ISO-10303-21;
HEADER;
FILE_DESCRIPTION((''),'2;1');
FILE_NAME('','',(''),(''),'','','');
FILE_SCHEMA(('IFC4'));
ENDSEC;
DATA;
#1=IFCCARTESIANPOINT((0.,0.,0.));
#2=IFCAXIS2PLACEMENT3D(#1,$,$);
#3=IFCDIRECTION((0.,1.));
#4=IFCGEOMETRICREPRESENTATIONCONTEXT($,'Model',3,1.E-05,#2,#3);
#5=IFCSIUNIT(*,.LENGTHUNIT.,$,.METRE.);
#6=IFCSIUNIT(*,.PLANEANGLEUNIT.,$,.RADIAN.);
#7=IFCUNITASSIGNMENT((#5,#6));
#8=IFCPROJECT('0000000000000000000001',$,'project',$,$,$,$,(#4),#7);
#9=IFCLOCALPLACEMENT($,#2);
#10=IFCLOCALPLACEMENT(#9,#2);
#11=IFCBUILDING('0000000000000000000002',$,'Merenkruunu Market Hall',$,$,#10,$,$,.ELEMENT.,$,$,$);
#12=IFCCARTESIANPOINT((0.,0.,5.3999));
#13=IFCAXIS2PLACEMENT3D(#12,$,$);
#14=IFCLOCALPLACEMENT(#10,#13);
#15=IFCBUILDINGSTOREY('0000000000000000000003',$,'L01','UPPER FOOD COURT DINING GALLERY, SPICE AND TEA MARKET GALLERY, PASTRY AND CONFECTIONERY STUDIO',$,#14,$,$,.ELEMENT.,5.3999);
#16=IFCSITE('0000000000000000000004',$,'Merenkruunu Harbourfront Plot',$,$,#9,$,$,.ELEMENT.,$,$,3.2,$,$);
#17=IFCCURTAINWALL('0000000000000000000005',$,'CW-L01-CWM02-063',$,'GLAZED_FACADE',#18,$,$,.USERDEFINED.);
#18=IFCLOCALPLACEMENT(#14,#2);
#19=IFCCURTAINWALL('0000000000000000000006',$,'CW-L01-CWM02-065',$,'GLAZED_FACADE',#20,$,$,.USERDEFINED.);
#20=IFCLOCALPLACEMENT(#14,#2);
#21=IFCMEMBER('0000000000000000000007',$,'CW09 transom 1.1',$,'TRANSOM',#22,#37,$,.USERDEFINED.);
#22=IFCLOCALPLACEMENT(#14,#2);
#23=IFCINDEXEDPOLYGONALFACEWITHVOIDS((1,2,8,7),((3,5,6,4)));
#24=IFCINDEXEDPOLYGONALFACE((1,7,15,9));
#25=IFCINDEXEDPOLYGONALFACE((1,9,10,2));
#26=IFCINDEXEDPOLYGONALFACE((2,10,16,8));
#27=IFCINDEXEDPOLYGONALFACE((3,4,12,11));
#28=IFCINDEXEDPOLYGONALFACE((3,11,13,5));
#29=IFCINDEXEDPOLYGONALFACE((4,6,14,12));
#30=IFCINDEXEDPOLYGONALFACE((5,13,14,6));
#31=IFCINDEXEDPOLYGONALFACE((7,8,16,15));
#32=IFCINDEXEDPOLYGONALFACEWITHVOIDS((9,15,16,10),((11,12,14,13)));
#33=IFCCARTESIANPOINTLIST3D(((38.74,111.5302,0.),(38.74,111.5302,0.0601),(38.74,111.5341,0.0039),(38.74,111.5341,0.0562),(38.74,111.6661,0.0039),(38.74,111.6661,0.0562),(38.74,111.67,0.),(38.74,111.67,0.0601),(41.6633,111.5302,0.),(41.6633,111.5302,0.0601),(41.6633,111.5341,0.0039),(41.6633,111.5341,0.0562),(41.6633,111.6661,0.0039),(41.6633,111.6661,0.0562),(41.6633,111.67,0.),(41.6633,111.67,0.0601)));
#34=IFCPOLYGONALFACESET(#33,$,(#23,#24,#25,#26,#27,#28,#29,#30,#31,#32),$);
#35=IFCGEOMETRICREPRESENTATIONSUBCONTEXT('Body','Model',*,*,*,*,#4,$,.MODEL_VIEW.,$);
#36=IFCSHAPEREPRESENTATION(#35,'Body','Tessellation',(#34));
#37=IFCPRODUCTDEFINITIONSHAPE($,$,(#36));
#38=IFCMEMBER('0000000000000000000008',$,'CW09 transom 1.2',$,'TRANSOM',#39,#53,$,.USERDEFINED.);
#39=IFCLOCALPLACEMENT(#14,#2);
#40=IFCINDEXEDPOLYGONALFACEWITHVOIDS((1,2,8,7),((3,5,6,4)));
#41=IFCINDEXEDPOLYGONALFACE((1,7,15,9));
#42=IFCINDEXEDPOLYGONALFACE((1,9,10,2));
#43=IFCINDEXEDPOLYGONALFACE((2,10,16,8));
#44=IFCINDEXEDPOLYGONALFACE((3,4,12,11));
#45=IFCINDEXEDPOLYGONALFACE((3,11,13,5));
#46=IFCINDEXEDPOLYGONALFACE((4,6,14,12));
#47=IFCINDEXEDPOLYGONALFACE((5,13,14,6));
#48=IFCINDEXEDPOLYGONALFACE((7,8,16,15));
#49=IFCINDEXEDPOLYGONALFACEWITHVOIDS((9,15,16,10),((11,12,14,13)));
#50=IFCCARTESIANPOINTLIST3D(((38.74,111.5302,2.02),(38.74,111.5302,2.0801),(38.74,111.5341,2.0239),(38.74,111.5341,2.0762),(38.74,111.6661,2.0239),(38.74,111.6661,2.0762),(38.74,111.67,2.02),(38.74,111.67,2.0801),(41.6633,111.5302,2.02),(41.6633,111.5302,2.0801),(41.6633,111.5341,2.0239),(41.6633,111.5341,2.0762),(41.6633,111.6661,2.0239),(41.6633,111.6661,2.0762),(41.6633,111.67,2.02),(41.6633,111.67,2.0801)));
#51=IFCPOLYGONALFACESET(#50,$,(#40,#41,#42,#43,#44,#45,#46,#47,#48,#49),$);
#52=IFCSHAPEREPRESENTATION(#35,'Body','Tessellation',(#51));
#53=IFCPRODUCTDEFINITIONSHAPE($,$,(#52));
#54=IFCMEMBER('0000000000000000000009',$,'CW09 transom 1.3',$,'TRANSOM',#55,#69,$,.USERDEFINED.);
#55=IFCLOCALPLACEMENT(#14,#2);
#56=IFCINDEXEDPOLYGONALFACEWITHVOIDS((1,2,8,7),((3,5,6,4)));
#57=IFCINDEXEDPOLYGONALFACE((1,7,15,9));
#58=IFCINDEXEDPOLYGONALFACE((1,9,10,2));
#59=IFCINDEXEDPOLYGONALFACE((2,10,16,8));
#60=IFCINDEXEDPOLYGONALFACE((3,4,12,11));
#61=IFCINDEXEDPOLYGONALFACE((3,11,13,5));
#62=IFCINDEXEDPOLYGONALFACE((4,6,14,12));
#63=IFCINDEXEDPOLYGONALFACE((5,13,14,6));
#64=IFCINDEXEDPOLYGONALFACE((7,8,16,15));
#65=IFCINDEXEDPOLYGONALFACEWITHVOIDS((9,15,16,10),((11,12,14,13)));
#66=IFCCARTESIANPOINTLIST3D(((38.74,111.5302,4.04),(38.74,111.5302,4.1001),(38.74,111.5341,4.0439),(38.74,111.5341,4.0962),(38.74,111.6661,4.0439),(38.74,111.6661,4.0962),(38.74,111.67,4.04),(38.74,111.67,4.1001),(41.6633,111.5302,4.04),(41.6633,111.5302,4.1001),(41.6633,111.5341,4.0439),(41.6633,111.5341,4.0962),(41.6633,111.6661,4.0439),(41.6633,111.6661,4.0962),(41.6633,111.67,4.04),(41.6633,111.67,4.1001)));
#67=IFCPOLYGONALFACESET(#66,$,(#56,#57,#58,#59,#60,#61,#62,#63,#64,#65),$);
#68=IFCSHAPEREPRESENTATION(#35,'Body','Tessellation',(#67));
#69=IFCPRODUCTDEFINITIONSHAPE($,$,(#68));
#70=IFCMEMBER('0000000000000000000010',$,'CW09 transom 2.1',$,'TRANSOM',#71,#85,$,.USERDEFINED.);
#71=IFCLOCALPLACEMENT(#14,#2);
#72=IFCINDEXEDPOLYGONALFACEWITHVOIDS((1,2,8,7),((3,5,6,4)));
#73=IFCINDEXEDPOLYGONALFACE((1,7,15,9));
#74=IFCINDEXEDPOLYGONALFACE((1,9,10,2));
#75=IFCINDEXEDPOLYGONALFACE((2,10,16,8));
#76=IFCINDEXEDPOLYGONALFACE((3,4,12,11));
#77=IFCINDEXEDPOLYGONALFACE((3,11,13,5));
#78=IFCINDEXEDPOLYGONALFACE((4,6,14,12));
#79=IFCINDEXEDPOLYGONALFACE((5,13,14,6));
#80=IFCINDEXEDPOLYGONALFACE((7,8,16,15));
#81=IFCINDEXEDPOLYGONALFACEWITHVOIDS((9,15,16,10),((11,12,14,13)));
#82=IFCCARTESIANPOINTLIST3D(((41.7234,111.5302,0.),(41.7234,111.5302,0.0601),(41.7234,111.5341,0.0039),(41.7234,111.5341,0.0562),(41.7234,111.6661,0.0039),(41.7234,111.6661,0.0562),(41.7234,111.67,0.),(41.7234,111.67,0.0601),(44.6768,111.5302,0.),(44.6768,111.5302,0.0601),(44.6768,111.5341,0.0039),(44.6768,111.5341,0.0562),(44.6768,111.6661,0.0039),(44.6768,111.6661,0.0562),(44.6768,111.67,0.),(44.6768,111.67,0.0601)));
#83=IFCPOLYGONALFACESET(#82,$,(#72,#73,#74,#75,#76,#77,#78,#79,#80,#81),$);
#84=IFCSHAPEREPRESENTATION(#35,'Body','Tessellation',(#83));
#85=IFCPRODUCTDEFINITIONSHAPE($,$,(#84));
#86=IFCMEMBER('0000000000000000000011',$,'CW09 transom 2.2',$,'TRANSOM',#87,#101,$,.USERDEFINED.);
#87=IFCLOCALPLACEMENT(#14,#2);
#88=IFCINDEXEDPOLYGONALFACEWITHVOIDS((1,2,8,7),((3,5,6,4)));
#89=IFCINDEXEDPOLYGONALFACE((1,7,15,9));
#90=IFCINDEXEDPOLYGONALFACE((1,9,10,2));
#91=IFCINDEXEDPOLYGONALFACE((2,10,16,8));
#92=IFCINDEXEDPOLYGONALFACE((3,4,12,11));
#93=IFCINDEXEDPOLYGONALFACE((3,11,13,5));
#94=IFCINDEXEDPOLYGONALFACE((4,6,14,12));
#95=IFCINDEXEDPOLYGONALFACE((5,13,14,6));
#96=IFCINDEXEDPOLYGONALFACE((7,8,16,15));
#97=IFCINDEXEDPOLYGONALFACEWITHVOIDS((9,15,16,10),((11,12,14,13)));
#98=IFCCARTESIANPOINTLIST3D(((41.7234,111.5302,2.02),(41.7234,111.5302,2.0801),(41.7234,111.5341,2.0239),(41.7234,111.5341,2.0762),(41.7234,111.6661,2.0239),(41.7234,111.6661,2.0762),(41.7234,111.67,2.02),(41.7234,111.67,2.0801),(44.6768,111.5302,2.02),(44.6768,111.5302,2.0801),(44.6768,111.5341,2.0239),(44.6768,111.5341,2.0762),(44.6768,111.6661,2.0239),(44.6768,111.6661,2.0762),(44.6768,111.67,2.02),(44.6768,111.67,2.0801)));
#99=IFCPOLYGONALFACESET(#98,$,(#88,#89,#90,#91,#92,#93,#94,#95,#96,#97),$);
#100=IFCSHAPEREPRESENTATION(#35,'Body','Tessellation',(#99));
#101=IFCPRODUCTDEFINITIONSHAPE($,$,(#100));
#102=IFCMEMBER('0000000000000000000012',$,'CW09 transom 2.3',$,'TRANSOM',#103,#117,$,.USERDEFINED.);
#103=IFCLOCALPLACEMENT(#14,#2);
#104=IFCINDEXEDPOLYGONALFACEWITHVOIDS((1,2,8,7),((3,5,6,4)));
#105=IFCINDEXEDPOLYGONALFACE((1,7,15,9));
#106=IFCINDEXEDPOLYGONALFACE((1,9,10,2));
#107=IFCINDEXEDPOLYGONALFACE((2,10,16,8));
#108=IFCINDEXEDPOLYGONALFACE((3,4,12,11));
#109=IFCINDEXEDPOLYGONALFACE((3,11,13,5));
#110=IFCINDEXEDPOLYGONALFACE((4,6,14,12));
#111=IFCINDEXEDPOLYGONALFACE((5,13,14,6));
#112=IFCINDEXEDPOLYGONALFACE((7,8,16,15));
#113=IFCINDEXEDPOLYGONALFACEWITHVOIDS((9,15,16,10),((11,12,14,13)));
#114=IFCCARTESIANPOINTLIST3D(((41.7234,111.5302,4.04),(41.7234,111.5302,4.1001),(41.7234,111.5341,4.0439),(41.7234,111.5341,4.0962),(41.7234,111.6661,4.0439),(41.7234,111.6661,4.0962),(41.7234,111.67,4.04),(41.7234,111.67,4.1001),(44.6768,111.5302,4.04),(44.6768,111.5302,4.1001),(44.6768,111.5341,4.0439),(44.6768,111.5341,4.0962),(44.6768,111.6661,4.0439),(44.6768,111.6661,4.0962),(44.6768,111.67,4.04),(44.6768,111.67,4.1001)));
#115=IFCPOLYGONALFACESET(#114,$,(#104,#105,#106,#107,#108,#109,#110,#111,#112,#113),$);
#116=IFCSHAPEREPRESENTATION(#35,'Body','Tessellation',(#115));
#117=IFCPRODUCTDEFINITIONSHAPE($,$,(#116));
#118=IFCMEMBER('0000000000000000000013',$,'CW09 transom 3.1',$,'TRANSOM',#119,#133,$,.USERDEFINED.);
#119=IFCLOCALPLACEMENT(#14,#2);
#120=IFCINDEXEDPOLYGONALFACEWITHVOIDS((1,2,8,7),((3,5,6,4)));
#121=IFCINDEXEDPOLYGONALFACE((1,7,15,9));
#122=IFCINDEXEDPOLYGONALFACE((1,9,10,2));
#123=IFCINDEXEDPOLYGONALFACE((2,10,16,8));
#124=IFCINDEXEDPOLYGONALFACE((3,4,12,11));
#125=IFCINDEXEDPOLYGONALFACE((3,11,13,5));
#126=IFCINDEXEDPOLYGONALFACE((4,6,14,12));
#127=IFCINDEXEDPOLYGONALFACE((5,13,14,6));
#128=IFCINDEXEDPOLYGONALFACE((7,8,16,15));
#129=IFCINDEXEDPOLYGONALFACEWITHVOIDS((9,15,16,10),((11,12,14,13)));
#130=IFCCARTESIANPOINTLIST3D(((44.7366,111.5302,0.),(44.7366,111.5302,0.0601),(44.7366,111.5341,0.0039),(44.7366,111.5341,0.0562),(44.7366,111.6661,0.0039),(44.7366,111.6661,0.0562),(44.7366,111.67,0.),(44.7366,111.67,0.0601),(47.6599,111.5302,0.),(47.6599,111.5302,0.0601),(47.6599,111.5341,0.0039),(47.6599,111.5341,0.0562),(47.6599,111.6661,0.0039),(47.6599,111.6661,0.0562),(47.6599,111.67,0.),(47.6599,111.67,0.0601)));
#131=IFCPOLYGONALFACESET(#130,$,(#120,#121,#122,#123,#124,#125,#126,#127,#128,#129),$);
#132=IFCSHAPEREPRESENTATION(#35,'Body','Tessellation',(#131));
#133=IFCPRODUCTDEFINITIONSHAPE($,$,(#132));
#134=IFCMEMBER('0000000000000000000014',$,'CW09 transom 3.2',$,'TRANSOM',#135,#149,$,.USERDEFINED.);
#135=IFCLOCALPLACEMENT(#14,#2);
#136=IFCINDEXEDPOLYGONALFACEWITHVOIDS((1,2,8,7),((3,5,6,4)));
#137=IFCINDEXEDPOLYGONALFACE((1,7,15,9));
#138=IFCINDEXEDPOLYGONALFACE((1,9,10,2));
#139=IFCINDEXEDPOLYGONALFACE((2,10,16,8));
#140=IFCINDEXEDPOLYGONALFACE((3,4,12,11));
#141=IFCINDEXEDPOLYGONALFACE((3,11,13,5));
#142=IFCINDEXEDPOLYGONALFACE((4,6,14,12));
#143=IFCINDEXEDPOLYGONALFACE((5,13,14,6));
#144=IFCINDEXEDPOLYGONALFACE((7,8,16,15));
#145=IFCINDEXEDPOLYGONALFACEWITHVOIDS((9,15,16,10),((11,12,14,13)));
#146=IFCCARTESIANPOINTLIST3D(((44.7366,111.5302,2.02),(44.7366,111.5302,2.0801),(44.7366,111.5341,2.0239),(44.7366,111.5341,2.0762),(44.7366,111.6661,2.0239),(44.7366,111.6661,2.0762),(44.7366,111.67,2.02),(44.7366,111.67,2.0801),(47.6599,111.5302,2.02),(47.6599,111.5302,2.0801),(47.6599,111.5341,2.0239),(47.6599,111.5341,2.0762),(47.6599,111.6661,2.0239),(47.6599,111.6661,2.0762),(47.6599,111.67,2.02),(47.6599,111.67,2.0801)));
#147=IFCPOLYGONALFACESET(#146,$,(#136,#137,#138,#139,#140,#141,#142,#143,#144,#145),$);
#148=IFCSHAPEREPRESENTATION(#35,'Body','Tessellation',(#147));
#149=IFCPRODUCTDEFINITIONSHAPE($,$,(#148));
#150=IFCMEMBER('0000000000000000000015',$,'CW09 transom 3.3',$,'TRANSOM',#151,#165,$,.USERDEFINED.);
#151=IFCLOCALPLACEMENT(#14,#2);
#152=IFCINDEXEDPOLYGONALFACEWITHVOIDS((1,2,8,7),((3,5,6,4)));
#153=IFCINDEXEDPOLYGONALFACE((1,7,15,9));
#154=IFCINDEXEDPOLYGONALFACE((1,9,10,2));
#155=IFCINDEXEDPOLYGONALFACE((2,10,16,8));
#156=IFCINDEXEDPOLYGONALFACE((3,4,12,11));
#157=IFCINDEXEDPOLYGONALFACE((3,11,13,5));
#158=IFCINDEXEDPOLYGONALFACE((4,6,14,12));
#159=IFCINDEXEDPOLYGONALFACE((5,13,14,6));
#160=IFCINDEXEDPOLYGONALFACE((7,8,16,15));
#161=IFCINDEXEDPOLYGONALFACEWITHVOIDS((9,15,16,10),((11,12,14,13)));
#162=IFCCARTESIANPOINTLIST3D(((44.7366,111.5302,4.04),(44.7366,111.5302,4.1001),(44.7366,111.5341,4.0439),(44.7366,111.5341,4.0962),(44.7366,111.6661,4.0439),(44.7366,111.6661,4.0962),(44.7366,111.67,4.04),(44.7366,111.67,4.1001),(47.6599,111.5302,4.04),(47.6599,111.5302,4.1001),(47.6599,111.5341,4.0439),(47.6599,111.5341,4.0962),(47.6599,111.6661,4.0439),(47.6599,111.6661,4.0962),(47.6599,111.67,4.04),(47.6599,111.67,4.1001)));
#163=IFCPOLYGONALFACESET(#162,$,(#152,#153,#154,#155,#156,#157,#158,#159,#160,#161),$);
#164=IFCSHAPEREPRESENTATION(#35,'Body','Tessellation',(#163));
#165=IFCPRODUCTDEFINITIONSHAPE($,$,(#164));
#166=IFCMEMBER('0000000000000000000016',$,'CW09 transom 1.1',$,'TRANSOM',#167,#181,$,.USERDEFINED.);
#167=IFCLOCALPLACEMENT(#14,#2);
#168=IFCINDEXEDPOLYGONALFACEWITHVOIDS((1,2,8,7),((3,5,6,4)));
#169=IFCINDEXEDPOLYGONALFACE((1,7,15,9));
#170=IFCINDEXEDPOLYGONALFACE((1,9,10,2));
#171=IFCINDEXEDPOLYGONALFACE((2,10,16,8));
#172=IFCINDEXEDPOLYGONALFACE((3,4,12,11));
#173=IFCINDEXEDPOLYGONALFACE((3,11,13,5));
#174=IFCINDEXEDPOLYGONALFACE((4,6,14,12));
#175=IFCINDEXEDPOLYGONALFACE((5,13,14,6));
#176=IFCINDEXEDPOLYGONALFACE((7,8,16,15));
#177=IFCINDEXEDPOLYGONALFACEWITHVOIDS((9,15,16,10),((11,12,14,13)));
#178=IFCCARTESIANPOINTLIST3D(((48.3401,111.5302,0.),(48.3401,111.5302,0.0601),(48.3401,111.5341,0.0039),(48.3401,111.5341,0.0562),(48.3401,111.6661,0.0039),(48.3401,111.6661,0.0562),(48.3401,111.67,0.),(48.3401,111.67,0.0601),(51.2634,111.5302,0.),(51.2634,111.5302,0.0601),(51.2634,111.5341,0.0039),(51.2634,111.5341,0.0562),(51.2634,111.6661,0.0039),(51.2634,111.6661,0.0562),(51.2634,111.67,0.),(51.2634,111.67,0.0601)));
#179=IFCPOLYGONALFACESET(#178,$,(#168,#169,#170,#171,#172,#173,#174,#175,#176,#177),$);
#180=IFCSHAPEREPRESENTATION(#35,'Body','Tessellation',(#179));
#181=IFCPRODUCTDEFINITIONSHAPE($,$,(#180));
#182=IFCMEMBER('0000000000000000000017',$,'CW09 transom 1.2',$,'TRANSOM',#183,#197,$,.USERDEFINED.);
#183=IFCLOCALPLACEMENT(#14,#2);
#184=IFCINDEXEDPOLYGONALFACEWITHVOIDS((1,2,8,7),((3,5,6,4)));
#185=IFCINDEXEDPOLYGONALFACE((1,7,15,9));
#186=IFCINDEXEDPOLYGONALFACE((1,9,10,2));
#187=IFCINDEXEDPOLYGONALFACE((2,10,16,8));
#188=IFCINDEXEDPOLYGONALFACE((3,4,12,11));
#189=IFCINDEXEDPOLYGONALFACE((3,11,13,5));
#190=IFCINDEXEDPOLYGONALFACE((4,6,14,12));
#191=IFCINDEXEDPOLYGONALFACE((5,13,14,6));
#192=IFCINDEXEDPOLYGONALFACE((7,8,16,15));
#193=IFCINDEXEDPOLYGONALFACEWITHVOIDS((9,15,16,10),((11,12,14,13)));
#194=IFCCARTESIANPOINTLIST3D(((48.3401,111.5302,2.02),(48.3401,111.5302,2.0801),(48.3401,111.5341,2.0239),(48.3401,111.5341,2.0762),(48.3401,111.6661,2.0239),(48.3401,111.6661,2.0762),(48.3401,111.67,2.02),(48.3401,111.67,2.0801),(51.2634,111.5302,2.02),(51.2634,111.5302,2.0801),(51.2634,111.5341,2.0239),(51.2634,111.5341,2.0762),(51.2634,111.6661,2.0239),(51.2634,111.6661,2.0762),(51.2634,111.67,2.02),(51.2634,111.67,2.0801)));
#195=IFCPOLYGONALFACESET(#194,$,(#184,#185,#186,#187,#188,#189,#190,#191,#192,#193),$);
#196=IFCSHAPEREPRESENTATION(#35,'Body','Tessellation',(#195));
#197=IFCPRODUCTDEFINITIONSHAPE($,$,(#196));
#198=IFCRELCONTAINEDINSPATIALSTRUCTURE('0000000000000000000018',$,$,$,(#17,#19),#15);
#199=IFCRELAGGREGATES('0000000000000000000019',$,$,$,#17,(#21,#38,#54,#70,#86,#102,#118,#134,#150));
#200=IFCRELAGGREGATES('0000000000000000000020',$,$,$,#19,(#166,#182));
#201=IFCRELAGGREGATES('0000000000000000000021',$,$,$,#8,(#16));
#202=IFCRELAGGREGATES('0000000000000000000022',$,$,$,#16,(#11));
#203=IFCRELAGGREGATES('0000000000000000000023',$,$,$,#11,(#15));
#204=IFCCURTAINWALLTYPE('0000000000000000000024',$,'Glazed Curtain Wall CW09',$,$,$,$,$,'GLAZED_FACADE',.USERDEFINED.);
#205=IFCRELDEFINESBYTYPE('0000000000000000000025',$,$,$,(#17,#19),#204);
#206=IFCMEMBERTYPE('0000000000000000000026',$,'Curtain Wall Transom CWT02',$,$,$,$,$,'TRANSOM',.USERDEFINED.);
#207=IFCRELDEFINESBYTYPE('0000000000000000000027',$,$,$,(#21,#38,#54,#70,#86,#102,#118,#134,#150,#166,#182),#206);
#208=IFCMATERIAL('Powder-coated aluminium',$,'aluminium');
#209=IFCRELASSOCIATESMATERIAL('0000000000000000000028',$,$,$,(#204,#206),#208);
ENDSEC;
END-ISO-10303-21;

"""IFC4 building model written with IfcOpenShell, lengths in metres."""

from ifc_helpers import new_model, si_unit, direction, frame, origin, origin_2d, place, context, subcontext, project, spatial, hollow_rectangle, extrude, material, material_profile, profile_set, type_object, element, aggregate, save


model = new_model("IFC4")

# Units and contexts
model_context = context("Model", 3, precision=1e-05, world=origin(), true_north=direction((0.0, 1.0)))
body_context = subcontext(model_context, "Body", "Model", "MODEL_VIEW")
ifc_project = project(units=[si_unit("LENGTHUNIT", "METRE"), si_unit("PLANEANGLEUNIT", "RADIAN")], contexts=[model_context])

# Site, building, storey
site_placement = place(None, origin())
site = spatial("IfcSite", under=ifc_project, at=site_placement, Name="Merenkruunu Harbourfront Plot", CompositionType="ELEMENT", RefElevation=3.2)
building_placement = place(site_placement, origin())
building = spatial("IfcBuilding", under=site, at=building_placement, Name="Merenkruunu Market Hall", CompositionType="ELEMENT")
storey_placement = place(building_placement, frame((0.0, 0.0, 5.3999)))
storey = spatial("IfcBuildingStorey", under=building, at=storey_placement, Name="L01", Description="UPPER FOOD COURT DINING GALLERY, SPICE AND TEA MARKET GALLERY, PASTRY AND CONFECTIONERY STUDIO", CompositionType="ELEMENT", Elevation=5.3999)

# Shared definitions
ifc_material_1 = material(Name="Powder-coated aluminium", Category="aluminium")
curtain_wall_type = type_object("IfcCurtainWallType", Name="Glazed Curtain Wall CW09", ElementType="GLAZED_FACADE", PredefinedType="USERDEFINED", material=ifc_material_1)

# Curtain wall
curtain_wall_1_placement = place(storey_placement, origin())
curtain_wall_1 = element("IfcCurtainWall", 1, at=curtain_wall_1_placement, inside=storey, type_object=curtain_wall_type, Name="CW-L01-CWM02-063", ObjectType="GLAZED_FACADE", PredefinedType="USERDEFINED")

# Curtain wall
curtain_wall_2_placement = place(storey_placement, origin())
curtain_wall_2 = element("IfcCurtainWall", 2, at=curtain_wall_2_placement, inside=storey, type_object=curtain_wall_type, Name="CW-L01-CWM02-065", ObjectType="GLAZED_FACADE", PredefinedType="USERDEFINED")

# Members
ifc_material_profile_1 = material_profile(ifc_material_1, hollow_rectangle(XDim=0.0601, YDim=0.1399, WallThickness=0.0039, at=origin_2d()), Name="ALU 60x140x4")
ifc_profile_set_1 = profile_set([ifc_material_profile_1], Name="Powder-coated aluminium")
member_type_1 = type_object("IfcMemberType", Name="Curtain Wall Transom CWT02", ElementType="TRANSOM", PredefinedType="USERDEFINED", material=ifc_profile_set_1)
member_1_placement = place(storey_placement, frame((38.74, 111.6001, 0.03), z_axis=(1.0, 0.0, 0.0), x_axis=(0.0, 0.0, 1.0)))
member_1 = element("IfcMember", 3, at=member_1_placement, type_object=member_type_1, Name="CW09 transom 1.1", ObjectType="TRANSOM", PredefinedType="USERDEFINED", context=body_context, shape_type="SweptSolid", body=[
    extrude(hollow_rectangle(XDim=0.0601, YDim=0.1399, WallThickness=0.0039, at=origin_2d()), origin(), (0.0, 0.0, 1.0), 2.9233),
])
member_2_placement = place(storey_placement, frame((38.74, 111.6001, 2.05), z_axis=(1.0, 0.0, 0.0), x_axis=(0.0, 0.0, 1.0)))
member_2 = element("IfcMember", 4, at=member_2_placement, type_object=member_type_1, Name="CW09 transom 1.2", ObjectType="TRANSOM", PredefinedType="USERDEFINED", context=body_context, shape_type="SweptSolid", body=[
    extrude(hollow_rectangle(XDim=0.0601, YDim=0.1399, WallThickness=0.0039, at=origin_2d()), origin(), (0.0, 0.0, 1.0), 2.9233),
])
member_3_placement = place(storey_placement, frame((38.74, 111.6001, 4.0701), z_axis=(1.0, 0.0, 0.0), x_axis=(0.0, 0.0, 1.0)))
member_3 = element("IfcMember", 5, at=member_3_placement, type_object=member_type_1, Name="CW09 transom 1.3", ObjectType="TRANSOM", PredefinedType="USERDEFINED", context=body_context, shape_type="SweptSolid", body=[
    extrude(hollow_rectangle(XDim=0.0601, YDim=0.1399, WallThickness=0.0039, at=origin_2d()), origin(), (0.0, 0.0, 1.0), 2.9233),
])
member_4_placement = place(storey_placement, frame((41.7234, 111.6001, 0.03), z_axis=(1.0, 0.0, 0.0), x_axis=(0.0, 0.0, 1.0)))
member_4 = element("IfcMember", 6, at=member_4_placement, type_object=member_type_1, Name="CW09 transom 2.1", ObjectType="TRANSOM", PredefinedType="USERDEFINED", context=body_context, shape_type="SweptSolid", body=[
    extrude(hollow_rectangle(XDim=0.0601, YDim=0.1399, WallThickness=0.0039, at=origin_2d()), origin(), (0.0, 0.0, 1.0), 2.9534),
])
member_5_placement = place(storey_placement, frame((41.7234, 111.6001, 2.05), z_axis=(1.0, 0.0, 0.0), x_axis=(0.0, 0.0, 1.0)))
member_5 = element("IfcMember", 7, at=member_5_placement, type_object=member_type_1, Name="CW09 transom 2.2", ObjectType="TRANSOM", PredefinedType="USERDEFINED", context=body_context, shape_type="SweptSolid", body=[
    extrude(hollow_rectangle(XDim=0.0601, YDim=0.1399, WallThickness=0.0039, at=origin_2d()), origin(), (0.0, 0.0, 1.0), 2.9534),
])
member_6_placement = place(storey_placement, frame((41.7234, 111.6001, 4.0701), z_axis=(1.0, 0.0, 0.0), x_axis=(0.0, 0.0, 1.0)))
member_6 = element("IfcMember", 8, at=member_6_placement, type_object=member_type_1, Name="CW09 transom 2.3", ObjectType="TRANSOM", PredefinedType="USERDEFINED", context=body_context, shape_type="SweptSolid", body=[
    extrude(hollow_rectangle(XDim=0.0601, YDim=0.1399, WallThickness=0.0039, at=origin_2d()), origin(), (0.0, 0.0, 1.0), 2.9534),
])
member_7_placement = place(storey_placement, frame((44.7366, 111.6001, 0.03), z_axis=(1.0, 0.0, 0.0), x_axis=(0.0, 0.0, 1.0)))
member_7 = element("IfcMember", 9, at=member_7_placement, type_object=member_type_1, Name="CW09 transom 3.1", ObjectType="TRANSOM", PredefinedType="USERDEFINED", context=body_context, shape_type="SweptSolid", body=[
    extrude(hollow_rectangle(XDim=0.0601, YDim=0.1399, WallThickness=0.0039, at=origin_2d()), origin(), (0.0, 0.0, 1.0), 2.9233),
])
member_8_placement = place(storey_placement, frame((44.7366, 111.6001, 2.05), z_axis=(1.0, 0.0, 0.0), x_axis=(0.0, 0.0, 1.0)))
member_8 = element("IfcMember", 10, at=member_8_placement, type_object=member_type_1, Name="CW09 transom 3.2", ObjectType="TRANSOM", PredefinedType="USERDEFINED", context=body_context, shape_type="SweptSolid", body=[
    extrude(hollow_rectangle(XDim=0.0601, YDim=0.1399, WallThickness=0.0039, at=origin_2d()), origin(), (0.0, 0.0, 1.0), 2.9233),
])
member_9_placement = place(storey_placement, frame((44.7366, 111.6001, 4.0701), z_axis=(1.0, 0.0, 0.0), x_axis=(0.0, 0.0, 1.0)))
member_9 = element("IfcMember", 11, at=member_9_placement, type_object=member_type_1, Name="CW09 transom 3.3", ObjectType="TRANSOM", PredefinedType="USERDEFINED", context=body_context, shape_type="SweptSolid", body=[
    extrude(hollow_rectangle(XDim=0.0601, YDim=0.1399, WallThickness=0.0039, at=origin_2d()), origin(), (0.0, 0.0, 1.0), 2.9233),
])
member_10_placement = place(storey_placement, frame((48.3401, 111.6001, 0.03), z_axis=(1.0, 0.0, 0.0), x_axis=(0.0, 0.0, 1.0)))
member_10 = element("IfcMember", 12, at=member_10_placement, type_object=member_type_1, Name="CW09 transom 1.1", ObjectType="TRANSOM", PredefinedType="USERDEFINED", context=body_context, shape_type="SweptSolid", body=[
    extrude(hollow_rectangle(XDim=0.0601, YDim=0.1399, WallThickness=0.0039, at=origin_2d()), origin(), (0.0, 0.0, 1.0), 2.9233),
])
member_11_placement = place(storey_placement, frame((48.3401, 111.6001, 2.05), z_axis=(1.0, 0.0, 0.0), x_axis=(0.0, 0.0, 1.0)))
member_11 = element("IfcMember", 13, at=member_11_placement, type_object=member_type_1, Name="CW09 transom 1.2", ObjectType="TRANSOM", PredefinedType="USERDEFINED", context=body_context, shape_type="SweptSolid", body=[
    extrude(hollow_rectangle(XDim=0.0601, YDim=0.1399, WallThickness=0.0039, at=origin_2d()), origin(), (0.0, 0.0, 1.0), 2.9233),
])

aggregate(curtain_wall_1, [member_1, member_2, member_3, member_4, member_5, member_6, member_7, member_8, member_9])
aggregate(curtain_wall_2, [member_10, member_11])

save(model, "model.ifc")
